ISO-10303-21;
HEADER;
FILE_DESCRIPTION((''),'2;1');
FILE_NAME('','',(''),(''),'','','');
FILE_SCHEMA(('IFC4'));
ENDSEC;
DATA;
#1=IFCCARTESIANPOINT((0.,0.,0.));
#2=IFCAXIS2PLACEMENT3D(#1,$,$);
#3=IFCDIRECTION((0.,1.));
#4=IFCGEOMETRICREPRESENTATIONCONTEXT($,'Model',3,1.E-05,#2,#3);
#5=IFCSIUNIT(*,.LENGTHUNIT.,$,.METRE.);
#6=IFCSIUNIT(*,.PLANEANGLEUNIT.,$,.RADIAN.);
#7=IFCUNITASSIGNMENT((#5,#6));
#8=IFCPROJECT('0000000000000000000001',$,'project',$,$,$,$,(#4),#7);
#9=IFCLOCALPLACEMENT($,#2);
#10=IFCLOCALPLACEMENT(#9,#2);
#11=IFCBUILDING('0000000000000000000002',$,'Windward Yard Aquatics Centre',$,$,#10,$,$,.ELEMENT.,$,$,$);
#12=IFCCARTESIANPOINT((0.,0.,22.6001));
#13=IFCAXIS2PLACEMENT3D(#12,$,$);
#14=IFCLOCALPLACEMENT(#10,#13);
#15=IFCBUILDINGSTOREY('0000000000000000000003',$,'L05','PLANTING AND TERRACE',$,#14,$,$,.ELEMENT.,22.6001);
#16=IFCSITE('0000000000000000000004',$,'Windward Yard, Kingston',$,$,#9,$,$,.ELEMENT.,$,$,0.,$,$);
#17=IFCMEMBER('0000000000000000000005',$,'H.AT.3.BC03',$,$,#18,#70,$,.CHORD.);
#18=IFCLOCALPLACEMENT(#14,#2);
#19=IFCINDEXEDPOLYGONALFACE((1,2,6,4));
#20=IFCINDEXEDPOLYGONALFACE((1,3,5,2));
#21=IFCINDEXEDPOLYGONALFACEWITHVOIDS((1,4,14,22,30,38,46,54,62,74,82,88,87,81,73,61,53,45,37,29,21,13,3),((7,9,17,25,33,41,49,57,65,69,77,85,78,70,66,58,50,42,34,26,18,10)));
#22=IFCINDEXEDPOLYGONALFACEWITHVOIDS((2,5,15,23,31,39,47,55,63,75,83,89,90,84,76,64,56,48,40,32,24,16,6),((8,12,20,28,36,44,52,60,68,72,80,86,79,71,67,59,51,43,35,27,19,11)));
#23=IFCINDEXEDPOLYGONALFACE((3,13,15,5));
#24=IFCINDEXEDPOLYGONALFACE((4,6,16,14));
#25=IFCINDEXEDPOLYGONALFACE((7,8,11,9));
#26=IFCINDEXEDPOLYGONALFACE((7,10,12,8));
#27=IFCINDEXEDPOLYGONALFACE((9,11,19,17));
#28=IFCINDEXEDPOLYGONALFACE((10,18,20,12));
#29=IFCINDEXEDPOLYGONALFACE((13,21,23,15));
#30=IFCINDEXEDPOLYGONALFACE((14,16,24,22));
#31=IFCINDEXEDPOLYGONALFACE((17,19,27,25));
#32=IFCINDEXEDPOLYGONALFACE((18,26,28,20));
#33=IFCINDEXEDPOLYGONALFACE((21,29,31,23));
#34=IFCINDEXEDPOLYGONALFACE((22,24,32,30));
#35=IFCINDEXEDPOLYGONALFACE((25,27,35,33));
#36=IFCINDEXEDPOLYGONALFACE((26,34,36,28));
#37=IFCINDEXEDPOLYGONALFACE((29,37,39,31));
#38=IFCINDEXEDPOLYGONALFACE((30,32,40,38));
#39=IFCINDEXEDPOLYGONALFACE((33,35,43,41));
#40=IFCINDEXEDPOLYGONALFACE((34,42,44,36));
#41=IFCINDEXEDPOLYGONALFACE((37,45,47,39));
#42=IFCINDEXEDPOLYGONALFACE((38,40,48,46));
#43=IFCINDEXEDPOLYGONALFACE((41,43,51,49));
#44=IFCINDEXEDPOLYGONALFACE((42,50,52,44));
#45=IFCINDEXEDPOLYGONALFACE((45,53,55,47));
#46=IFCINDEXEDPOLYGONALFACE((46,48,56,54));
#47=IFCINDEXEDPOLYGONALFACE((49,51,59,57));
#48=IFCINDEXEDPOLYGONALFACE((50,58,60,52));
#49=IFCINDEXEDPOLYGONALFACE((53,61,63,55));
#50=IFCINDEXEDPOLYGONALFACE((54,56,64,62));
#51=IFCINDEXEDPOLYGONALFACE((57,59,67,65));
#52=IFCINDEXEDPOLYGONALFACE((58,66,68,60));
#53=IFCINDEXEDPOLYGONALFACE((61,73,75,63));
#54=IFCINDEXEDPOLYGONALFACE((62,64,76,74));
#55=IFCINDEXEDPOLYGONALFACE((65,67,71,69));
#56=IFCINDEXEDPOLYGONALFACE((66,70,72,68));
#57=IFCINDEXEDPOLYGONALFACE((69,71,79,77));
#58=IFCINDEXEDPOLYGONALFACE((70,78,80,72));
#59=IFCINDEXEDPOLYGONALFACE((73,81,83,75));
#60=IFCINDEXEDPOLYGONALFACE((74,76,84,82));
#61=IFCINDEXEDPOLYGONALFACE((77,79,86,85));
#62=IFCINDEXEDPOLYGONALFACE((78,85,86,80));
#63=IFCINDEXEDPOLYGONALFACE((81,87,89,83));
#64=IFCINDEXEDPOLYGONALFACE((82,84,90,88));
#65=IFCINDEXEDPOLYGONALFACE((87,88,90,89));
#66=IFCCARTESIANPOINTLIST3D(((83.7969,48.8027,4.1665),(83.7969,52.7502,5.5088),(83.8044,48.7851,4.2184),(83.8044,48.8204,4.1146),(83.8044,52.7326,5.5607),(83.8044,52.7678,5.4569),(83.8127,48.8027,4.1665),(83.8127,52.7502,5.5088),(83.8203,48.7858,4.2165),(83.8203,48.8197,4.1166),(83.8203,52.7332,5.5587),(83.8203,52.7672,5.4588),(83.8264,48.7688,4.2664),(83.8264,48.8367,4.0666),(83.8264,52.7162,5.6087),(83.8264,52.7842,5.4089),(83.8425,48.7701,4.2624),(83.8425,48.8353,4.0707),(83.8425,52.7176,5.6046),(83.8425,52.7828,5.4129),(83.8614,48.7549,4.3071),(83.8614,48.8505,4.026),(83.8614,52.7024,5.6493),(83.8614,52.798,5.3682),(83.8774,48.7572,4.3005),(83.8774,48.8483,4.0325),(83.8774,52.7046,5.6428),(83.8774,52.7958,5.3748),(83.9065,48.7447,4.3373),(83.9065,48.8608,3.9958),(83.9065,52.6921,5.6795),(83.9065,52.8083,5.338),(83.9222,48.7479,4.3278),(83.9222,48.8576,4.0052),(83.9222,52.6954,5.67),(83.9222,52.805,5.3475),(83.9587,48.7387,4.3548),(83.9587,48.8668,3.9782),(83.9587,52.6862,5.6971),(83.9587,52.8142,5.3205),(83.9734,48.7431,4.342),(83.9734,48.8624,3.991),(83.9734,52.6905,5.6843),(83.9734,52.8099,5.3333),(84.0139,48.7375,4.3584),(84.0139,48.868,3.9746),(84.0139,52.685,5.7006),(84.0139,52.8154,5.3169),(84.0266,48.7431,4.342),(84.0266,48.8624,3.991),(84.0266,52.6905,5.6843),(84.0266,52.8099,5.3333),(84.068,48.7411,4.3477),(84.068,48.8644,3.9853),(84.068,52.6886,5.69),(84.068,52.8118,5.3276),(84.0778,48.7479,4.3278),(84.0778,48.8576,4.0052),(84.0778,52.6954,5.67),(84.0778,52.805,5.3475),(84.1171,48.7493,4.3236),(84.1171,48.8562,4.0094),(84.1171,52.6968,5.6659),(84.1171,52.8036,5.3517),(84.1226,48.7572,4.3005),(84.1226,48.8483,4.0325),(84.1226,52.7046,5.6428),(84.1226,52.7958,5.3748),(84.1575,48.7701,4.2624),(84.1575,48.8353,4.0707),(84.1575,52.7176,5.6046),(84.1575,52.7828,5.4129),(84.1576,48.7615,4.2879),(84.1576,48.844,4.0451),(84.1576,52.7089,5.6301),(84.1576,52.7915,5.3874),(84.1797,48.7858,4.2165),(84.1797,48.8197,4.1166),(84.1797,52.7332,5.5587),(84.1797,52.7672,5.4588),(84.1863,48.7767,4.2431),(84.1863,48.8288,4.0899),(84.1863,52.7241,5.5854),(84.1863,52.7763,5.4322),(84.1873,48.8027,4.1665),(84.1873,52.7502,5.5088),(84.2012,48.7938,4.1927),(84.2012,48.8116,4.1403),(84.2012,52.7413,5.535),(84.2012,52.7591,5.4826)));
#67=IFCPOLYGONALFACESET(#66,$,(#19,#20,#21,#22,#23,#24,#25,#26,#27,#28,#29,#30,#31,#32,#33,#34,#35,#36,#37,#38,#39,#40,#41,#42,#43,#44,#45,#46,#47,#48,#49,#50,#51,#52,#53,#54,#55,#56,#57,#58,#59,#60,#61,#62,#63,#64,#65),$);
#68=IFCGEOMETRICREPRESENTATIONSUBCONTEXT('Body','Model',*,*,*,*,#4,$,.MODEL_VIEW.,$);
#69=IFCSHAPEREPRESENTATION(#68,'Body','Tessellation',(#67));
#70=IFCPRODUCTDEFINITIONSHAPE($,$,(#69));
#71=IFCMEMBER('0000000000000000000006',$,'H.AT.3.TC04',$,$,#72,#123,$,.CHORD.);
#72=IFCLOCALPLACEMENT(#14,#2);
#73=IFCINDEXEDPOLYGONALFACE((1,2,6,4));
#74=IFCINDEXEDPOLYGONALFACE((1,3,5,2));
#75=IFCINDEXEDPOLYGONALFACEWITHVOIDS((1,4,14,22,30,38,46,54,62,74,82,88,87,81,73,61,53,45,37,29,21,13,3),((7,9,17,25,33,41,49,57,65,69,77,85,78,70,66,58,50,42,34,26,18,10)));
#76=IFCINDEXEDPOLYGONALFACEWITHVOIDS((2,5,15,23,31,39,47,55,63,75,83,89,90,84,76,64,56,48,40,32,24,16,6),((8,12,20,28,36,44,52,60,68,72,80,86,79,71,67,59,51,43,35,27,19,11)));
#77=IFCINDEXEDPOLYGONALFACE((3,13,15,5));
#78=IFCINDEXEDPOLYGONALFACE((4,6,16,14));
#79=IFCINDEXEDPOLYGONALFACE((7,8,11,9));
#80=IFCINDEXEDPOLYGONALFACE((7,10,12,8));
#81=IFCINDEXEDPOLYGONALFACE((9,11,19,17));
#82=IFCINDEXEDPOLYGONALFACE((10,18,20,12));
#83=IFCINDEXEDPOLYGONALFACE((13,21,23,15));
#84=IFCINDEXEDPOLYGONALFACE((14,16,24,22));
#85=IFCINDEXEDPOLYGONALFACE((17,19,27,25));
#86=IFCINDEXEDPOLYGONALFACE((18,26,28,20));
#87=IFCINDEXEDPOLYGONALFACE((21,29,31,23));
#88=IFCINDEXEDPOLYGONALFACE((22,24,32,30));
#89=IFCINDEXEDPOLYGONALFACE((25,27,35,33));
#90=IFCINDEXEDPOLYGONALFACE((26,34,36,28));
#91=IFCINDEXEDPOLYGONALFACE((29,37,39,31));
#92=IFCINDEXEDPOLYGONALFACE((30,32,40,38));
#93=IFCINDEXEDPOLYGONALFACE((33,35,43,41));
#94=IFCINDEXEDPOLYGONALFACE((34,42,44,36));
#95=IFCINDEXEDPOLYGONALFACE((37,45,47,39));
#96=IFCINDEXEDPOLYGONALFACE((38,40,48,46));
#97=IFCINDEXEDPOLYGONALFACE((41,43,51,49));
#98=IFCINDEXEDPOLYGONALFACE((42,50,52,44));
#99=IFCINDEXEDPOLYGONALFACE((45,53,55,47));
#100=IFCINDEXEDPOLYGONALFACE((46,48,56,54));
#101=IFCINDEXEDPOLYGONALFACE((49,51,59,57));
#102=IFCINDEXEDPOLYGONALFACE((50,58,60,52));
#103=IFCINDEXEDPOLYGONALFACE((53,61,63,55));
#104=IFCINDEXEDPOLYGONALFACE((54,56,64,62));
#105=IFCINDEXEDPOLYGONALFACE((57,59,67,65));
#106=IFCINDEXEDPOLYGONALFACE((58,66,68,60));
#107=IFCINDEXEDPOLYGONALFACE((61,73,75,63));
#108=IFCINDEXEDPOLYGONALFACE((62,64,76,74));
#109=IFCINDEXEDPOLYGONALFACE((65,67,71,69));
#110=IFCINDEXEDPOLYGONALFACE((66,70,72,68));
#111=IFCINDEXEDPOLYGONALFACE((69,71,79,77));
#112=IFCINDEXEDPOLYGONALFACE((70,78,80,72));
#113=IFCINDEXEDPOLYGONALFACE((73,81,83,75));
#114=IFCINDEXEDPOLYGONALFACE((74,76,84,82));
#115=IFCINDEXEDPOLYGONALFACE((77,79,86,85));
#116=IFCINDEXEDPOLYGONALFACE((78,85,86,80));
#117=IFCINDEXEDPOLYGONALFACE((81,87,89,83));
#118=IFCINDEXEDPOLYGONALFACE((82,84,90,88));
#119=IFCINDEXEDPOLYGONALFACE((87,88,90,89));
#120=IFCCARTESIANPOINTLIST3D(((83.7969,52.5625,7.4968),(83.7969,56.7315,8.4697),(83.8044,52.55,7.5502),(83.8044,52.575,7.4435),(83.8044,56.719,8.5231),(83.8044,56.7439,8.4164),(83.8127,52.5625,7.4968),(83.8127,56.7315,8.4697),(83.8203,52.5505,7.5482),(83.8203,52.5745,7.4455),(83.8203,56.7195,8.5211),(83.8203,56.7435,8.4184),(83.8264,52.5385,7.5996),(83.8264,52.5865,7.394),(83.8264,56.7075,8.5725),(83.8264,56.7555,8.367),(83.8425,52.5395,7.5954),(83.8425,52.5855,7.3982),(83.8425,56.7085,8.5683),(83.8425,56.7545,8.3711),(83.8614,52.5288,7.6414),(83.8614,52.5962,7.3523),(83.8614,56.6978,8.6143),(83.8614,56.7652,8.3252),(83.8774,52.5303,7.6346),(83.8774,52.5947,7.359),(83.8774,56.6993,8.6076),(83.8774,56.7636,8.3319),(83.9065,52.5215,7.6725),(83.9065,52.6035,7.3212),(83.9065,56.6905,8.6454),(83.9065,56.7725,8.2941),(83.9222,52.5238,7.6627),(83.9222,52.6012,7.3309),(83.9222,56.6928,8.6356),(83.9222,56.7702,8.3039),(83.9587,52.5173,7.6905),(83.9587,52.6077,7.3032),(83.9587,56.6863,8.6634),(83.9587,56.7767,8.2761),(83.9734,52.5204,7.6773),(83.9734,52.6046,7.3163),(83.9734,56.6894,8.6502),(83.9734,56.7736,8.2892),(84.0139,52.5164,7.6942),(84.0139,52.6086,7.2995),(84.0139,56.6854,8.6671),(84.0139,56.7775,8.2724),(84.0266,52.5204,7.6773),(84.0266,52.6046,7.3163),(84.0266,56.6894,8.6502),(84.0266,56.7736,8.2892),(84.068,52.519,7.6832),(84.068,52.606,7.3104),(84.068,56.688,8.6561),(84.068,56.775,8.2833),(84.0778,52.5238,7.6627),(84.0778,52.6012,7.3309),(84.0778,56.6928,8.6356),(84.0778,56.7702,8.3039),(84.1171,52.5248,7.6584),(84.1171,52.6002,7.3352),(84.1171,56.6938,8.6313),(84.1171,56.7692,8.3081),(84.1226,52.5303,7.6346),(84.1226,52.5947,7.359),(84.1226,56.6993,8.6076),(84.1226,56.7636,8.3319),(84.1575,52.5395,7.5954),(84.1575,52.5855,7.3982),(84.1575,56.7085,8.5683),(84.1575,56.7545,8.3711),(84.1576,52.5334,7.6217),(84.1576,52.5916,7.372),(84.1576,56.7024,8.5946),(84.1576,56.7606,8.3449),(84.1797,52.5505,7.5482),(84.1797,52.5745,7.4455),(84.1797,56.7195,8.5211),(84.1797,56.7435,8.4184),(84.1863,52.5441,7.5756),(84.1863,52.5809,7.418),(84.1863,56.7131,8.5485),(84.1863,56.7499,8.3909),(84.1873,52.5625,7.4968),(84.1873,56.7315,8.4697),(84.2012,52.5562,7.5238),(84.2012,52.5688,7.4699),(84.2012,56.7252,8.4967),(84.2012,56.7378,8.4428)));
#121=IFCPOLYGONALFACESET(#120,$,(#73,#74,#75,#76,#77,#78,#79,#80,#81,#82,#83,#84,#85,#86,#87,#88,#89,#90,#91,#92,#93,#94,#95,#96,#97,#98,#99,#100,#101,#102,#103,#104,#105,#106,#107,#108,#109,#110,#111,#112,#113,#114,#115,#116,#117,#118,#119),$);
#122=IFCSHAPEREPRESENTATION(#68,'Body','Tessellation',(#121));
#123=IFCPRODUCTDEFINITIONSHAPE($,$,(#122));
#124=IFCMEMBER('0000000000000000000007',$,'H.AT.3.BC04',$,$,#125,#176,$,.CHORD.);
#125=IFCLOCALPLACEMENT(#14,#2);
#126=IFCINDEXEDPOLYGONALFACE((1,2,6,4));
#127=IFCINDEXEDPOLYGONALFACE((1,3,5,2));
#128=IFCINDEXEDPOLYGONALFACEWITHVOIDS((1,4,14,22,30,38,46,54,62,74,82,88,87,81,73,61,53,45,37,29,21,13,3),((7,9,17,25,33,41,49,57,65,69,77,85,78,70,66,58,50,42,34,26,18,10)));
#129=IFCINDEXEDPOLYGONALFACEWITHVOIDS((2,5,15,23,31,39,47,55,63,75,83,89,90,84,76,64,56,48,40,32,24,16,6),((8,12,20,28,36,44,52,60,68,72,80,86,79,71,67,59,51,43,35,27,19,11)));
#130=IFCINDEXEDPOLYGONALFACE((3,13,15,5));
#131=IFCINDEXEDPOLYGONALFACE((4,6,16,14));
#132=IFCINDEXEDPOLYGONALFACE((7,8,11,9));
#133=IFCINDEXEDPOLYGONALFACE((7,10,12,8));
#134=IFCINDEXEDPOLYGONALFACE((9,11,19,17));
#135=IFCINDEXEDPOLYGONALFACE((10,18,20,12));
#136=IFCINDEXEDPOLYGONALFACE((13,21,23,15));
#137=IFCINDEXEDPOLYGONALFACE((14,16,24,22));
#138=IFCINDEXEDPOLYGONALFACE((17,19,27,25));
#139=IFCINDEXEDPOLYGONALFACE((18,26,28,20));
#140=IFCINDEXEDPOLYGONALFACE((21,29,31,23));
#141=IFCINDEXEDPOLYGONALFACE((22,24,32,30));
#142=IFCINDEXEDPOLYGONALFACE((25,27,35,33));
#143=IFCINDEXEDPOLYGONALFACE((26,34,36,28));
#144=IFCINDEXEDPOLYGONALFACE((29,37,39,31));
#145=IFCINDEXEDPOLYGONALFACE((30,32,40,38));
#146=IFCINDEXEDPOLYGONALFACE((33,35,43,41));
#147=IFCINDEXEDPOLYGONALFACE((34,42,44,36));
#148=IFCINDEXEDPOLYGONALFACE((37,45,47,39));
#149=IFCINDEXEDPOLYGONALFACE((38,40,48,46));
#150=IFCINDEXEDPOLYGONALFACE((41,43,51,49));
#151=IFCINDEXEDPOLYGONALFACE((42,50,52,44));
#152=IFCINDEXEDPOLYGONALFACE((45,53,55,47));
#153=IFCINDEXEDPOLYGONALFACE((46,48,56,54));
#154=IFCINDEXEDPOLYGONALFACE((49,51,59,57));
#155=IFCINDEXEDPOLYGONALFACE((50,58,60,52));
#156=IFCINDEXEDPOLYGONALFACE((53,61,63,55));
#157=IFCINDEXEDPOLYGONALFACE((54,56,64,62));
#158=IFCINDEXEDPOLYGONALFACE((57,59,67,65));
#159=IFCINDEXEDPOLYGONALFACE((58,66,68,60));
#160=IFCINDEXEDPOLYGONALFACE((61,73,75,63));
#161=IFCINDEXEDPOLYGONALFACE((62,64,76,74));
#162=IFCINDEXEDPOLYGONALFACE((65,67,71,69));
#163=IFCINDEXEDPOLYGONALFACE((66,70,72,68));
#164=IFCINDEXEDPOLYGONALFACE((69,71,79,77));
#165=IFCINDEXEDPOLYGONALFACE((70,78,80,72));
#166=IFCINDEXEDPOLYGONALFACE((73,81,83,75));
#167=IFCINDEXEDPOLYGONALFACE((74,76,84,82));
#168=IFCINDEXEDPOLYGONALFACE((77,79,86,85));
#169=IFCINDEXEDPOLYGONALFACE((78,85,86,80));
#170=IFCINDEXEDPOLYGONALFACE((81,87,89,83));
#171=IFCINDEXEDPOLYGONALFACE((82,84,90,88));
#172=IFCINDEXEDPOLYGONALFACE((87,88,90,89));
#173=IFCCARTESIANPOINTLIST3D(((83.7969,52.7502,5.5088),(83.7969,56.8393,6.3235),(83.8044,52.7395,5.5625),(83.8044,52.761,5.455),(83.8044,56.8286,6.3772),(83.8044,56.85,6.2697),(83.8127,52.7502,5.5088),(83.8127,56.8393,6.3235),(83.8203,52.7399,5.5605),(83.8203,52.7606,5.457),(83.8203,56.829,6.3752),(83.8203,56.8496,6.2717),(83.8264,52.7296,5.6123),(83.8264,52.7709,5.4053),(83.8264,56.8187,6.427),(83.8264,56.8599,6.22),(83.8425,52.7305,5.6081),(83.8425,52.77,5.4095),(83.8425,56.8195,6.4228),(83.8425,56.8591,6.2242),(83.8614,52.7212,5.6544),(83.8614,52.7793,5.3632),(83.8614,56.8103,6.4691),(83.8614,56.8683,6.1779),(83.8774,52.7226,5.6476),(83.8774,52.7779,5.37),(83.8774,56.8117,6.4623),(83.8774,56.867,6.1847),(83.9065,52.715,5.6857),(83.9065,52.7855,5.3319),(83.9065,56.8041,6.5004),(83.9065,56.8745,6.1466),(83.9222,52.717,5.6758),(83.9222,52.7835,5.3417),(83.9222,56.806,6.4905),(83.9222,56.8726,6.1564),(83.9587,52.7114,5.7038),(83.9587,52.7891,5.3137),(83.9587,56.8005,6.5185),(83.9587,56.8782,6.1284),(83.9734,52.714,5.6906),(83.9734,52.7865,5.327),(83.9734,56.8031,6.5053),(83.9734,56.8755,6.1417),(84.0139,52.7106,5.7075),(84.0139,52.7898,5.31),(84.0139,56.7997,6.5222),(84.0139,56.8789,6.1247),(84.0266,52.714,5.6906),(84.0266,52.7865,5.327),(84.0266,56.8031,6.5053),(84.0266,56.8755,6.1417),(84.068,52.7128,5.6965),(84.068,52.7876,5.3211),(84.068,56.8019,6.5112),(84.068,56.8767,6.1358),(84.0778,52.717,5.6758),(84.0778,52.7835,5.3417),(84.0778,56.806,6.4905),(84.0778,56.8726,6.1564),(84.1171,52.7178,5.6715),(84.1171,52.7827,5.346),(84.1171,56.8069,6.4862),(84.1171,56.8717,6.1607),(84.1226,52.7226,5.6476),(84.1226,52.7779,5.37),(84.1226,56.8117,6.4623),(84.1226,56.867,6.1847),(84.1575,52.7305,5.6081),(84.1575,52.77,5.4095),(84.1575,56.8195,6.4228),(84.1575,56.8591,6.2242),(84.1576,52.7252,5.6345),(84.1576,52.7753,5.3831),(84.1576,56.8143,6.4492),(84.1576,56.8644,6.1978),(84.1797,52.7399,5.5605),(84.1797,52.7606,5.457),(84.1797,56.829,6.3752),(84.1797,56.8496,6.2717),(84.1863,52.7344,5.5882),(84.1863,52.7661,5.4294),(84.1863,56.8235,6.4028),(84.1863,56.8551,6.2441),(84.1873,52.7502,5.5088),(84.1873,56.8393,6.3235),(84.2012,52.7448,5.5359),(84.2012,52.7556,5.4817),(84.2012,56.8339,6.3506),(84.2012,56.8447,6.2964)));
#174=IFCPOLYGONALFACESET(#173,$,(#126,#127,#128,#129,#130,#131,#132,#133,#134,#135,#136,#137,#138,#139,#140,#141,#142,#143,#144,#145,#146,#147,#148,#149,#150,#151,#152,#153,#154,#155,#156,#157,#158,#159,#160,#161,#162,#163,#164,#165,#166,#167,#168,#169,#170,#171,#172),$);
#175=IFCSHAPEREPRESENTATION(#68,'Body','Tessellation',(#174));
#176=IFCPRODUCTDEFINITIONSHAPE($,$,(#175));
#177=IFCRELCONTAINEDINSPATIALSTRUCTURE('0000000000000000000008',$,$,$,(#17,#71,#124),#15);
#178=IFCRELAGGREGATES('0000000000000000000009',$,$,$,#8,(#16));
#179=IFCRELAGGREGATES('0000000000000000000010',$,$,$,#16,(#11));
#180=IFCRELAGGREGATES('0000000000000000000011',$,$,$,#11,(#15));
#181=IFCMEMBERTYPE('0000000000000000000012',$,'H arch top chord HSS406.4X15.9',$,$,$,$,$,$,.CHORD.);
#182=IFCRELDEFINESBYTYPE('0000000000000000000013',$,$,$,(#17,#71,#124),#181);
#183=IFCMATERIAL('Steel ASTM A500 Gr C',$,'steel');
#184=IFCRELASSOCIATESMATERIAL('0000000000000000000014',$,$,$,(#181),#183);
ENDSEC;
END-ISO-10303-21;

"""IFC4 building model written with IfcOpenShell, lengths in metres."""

from ifc_helpers import new_model, si_unit, direction, frame, origin, origin_2d, place, context, subcontext, project, spatial, hollow_circle, extrude, material, material_profile, profile_set, type_object, element, save


model = new_model("IFC4")

# Units and contexts
model_context = context("Model", 3, precision=1e-05, world=origin(), true_north=direction((0.0, 1.0)))
body_context = subcontext(model_context, "Body", "Model", "MODEL_VIEW")
ifc_project = project(units=[si_unit("LENGTHUNIT", "METRE"), si_unit("PLANEANGLEUNIT", "RADIAN")], contexts=[model_context])

# Site, building, storey
site_placement = place(None, origin())
site = spatial("IfcSite", under=ifc_project, at=site_placement, Name="Windward Yard, Kingston", CompositionType="ELEMENT", RefElevation=0.0)
building_placement = place(site_placement, origin())
building = spatial("IfcBuilding", under=site, at=building_placement, Name="Windward Yard Aquatics Centre", CompositionType="ELEMENT")
storey_placement = place(building_placement, frame((0.0, 0.0, 22.6001)))
storey = spatial("IfcBuildingStorey", under=building, at=storey_placement, Name="L05", Description="PLANTING AND TERRACE", CompositionType="ELEMENT", Elevation=22.6001)

# Members
ifc_material_1 = material(Name="Steel ASTM A500 Gr C", Category="steel")
ifc_material_profile_1 = material_profile(ifc_material_1, hollow_circle(Radius=0.2031, WallThickness=0.0159, at=origin_2d()), Name="HSS406.4X15.9")
ifc_profile_set_1 = profile_set([ifc_material_profile_1], Name="Steel ASTM A500 Gr C")
member_type_1 = type_object("IfcMemberType", Name="H arch top chord HSS406.4X15.9", PredefinedType="CHORD", material=ifc_profile_set_1)
member_1_placement = place(storey_placement, frame((84.0, 48.8027, 4.1665), z_axis=(0.0, 0.946763, 0.321931), x_axis=(-1.0, 0.0, 0.0)))
element("IfcMember", 1, at=member_1_placement, inside=storey, type_object=member_type_1, Name="H.AT.3.BC03", PredefinedType="CHORD", context=body_context, shape_type="SweptSolid", body=[
    extrude(hollow_circle(Radius=0.2031, WallThickness=0.0159, at=origin_2d()), origin(), (0.0, 0.0, 1.0), 4.1694),
])
member_2_placement = place(storey_placement, frame((84.0, 52.5625, 7.4968), z_axis=(0.0, 0.973834, 0.227262), x_axis=(-1.0, 0.0, 0.0)))
element("IfcMember", 2, at=member_2_placement, inside=storey, type_object=member_type_1, Name="H.AT.3.TC04", PredefinedType="CHORD", context=body_context, shape_type="SweptSolid", body=[
    extrude(hollow_circle(Radius=0.2031, WallThickness=0.0159, at=origin_2d()), origin(), (0.0, 0.0, 1.0), 4.281),
])
member_3_placement = place(storey_placement, frame((84.0, 52.7502, 5.5088), z_axis=(0.0, 0.980725, 0.195395), x_axis=(-1.0, 0.0, 0.0)))
element("IfcMember", 3, at=member_3_placement, inside=storey, type_object=member_type_1, Name="H.AT.3.BC04", PredefinedType="CHORD", context=body_context, shape_type="SweptSolid", body=[
    extrude(hollow_circle(Radius=0.2031, WallThickness=0.0159, at=origin_2d()), origin(), (0.0, 0.0, 1.0), 4.1694),
])

save(model, "model.ifc")
